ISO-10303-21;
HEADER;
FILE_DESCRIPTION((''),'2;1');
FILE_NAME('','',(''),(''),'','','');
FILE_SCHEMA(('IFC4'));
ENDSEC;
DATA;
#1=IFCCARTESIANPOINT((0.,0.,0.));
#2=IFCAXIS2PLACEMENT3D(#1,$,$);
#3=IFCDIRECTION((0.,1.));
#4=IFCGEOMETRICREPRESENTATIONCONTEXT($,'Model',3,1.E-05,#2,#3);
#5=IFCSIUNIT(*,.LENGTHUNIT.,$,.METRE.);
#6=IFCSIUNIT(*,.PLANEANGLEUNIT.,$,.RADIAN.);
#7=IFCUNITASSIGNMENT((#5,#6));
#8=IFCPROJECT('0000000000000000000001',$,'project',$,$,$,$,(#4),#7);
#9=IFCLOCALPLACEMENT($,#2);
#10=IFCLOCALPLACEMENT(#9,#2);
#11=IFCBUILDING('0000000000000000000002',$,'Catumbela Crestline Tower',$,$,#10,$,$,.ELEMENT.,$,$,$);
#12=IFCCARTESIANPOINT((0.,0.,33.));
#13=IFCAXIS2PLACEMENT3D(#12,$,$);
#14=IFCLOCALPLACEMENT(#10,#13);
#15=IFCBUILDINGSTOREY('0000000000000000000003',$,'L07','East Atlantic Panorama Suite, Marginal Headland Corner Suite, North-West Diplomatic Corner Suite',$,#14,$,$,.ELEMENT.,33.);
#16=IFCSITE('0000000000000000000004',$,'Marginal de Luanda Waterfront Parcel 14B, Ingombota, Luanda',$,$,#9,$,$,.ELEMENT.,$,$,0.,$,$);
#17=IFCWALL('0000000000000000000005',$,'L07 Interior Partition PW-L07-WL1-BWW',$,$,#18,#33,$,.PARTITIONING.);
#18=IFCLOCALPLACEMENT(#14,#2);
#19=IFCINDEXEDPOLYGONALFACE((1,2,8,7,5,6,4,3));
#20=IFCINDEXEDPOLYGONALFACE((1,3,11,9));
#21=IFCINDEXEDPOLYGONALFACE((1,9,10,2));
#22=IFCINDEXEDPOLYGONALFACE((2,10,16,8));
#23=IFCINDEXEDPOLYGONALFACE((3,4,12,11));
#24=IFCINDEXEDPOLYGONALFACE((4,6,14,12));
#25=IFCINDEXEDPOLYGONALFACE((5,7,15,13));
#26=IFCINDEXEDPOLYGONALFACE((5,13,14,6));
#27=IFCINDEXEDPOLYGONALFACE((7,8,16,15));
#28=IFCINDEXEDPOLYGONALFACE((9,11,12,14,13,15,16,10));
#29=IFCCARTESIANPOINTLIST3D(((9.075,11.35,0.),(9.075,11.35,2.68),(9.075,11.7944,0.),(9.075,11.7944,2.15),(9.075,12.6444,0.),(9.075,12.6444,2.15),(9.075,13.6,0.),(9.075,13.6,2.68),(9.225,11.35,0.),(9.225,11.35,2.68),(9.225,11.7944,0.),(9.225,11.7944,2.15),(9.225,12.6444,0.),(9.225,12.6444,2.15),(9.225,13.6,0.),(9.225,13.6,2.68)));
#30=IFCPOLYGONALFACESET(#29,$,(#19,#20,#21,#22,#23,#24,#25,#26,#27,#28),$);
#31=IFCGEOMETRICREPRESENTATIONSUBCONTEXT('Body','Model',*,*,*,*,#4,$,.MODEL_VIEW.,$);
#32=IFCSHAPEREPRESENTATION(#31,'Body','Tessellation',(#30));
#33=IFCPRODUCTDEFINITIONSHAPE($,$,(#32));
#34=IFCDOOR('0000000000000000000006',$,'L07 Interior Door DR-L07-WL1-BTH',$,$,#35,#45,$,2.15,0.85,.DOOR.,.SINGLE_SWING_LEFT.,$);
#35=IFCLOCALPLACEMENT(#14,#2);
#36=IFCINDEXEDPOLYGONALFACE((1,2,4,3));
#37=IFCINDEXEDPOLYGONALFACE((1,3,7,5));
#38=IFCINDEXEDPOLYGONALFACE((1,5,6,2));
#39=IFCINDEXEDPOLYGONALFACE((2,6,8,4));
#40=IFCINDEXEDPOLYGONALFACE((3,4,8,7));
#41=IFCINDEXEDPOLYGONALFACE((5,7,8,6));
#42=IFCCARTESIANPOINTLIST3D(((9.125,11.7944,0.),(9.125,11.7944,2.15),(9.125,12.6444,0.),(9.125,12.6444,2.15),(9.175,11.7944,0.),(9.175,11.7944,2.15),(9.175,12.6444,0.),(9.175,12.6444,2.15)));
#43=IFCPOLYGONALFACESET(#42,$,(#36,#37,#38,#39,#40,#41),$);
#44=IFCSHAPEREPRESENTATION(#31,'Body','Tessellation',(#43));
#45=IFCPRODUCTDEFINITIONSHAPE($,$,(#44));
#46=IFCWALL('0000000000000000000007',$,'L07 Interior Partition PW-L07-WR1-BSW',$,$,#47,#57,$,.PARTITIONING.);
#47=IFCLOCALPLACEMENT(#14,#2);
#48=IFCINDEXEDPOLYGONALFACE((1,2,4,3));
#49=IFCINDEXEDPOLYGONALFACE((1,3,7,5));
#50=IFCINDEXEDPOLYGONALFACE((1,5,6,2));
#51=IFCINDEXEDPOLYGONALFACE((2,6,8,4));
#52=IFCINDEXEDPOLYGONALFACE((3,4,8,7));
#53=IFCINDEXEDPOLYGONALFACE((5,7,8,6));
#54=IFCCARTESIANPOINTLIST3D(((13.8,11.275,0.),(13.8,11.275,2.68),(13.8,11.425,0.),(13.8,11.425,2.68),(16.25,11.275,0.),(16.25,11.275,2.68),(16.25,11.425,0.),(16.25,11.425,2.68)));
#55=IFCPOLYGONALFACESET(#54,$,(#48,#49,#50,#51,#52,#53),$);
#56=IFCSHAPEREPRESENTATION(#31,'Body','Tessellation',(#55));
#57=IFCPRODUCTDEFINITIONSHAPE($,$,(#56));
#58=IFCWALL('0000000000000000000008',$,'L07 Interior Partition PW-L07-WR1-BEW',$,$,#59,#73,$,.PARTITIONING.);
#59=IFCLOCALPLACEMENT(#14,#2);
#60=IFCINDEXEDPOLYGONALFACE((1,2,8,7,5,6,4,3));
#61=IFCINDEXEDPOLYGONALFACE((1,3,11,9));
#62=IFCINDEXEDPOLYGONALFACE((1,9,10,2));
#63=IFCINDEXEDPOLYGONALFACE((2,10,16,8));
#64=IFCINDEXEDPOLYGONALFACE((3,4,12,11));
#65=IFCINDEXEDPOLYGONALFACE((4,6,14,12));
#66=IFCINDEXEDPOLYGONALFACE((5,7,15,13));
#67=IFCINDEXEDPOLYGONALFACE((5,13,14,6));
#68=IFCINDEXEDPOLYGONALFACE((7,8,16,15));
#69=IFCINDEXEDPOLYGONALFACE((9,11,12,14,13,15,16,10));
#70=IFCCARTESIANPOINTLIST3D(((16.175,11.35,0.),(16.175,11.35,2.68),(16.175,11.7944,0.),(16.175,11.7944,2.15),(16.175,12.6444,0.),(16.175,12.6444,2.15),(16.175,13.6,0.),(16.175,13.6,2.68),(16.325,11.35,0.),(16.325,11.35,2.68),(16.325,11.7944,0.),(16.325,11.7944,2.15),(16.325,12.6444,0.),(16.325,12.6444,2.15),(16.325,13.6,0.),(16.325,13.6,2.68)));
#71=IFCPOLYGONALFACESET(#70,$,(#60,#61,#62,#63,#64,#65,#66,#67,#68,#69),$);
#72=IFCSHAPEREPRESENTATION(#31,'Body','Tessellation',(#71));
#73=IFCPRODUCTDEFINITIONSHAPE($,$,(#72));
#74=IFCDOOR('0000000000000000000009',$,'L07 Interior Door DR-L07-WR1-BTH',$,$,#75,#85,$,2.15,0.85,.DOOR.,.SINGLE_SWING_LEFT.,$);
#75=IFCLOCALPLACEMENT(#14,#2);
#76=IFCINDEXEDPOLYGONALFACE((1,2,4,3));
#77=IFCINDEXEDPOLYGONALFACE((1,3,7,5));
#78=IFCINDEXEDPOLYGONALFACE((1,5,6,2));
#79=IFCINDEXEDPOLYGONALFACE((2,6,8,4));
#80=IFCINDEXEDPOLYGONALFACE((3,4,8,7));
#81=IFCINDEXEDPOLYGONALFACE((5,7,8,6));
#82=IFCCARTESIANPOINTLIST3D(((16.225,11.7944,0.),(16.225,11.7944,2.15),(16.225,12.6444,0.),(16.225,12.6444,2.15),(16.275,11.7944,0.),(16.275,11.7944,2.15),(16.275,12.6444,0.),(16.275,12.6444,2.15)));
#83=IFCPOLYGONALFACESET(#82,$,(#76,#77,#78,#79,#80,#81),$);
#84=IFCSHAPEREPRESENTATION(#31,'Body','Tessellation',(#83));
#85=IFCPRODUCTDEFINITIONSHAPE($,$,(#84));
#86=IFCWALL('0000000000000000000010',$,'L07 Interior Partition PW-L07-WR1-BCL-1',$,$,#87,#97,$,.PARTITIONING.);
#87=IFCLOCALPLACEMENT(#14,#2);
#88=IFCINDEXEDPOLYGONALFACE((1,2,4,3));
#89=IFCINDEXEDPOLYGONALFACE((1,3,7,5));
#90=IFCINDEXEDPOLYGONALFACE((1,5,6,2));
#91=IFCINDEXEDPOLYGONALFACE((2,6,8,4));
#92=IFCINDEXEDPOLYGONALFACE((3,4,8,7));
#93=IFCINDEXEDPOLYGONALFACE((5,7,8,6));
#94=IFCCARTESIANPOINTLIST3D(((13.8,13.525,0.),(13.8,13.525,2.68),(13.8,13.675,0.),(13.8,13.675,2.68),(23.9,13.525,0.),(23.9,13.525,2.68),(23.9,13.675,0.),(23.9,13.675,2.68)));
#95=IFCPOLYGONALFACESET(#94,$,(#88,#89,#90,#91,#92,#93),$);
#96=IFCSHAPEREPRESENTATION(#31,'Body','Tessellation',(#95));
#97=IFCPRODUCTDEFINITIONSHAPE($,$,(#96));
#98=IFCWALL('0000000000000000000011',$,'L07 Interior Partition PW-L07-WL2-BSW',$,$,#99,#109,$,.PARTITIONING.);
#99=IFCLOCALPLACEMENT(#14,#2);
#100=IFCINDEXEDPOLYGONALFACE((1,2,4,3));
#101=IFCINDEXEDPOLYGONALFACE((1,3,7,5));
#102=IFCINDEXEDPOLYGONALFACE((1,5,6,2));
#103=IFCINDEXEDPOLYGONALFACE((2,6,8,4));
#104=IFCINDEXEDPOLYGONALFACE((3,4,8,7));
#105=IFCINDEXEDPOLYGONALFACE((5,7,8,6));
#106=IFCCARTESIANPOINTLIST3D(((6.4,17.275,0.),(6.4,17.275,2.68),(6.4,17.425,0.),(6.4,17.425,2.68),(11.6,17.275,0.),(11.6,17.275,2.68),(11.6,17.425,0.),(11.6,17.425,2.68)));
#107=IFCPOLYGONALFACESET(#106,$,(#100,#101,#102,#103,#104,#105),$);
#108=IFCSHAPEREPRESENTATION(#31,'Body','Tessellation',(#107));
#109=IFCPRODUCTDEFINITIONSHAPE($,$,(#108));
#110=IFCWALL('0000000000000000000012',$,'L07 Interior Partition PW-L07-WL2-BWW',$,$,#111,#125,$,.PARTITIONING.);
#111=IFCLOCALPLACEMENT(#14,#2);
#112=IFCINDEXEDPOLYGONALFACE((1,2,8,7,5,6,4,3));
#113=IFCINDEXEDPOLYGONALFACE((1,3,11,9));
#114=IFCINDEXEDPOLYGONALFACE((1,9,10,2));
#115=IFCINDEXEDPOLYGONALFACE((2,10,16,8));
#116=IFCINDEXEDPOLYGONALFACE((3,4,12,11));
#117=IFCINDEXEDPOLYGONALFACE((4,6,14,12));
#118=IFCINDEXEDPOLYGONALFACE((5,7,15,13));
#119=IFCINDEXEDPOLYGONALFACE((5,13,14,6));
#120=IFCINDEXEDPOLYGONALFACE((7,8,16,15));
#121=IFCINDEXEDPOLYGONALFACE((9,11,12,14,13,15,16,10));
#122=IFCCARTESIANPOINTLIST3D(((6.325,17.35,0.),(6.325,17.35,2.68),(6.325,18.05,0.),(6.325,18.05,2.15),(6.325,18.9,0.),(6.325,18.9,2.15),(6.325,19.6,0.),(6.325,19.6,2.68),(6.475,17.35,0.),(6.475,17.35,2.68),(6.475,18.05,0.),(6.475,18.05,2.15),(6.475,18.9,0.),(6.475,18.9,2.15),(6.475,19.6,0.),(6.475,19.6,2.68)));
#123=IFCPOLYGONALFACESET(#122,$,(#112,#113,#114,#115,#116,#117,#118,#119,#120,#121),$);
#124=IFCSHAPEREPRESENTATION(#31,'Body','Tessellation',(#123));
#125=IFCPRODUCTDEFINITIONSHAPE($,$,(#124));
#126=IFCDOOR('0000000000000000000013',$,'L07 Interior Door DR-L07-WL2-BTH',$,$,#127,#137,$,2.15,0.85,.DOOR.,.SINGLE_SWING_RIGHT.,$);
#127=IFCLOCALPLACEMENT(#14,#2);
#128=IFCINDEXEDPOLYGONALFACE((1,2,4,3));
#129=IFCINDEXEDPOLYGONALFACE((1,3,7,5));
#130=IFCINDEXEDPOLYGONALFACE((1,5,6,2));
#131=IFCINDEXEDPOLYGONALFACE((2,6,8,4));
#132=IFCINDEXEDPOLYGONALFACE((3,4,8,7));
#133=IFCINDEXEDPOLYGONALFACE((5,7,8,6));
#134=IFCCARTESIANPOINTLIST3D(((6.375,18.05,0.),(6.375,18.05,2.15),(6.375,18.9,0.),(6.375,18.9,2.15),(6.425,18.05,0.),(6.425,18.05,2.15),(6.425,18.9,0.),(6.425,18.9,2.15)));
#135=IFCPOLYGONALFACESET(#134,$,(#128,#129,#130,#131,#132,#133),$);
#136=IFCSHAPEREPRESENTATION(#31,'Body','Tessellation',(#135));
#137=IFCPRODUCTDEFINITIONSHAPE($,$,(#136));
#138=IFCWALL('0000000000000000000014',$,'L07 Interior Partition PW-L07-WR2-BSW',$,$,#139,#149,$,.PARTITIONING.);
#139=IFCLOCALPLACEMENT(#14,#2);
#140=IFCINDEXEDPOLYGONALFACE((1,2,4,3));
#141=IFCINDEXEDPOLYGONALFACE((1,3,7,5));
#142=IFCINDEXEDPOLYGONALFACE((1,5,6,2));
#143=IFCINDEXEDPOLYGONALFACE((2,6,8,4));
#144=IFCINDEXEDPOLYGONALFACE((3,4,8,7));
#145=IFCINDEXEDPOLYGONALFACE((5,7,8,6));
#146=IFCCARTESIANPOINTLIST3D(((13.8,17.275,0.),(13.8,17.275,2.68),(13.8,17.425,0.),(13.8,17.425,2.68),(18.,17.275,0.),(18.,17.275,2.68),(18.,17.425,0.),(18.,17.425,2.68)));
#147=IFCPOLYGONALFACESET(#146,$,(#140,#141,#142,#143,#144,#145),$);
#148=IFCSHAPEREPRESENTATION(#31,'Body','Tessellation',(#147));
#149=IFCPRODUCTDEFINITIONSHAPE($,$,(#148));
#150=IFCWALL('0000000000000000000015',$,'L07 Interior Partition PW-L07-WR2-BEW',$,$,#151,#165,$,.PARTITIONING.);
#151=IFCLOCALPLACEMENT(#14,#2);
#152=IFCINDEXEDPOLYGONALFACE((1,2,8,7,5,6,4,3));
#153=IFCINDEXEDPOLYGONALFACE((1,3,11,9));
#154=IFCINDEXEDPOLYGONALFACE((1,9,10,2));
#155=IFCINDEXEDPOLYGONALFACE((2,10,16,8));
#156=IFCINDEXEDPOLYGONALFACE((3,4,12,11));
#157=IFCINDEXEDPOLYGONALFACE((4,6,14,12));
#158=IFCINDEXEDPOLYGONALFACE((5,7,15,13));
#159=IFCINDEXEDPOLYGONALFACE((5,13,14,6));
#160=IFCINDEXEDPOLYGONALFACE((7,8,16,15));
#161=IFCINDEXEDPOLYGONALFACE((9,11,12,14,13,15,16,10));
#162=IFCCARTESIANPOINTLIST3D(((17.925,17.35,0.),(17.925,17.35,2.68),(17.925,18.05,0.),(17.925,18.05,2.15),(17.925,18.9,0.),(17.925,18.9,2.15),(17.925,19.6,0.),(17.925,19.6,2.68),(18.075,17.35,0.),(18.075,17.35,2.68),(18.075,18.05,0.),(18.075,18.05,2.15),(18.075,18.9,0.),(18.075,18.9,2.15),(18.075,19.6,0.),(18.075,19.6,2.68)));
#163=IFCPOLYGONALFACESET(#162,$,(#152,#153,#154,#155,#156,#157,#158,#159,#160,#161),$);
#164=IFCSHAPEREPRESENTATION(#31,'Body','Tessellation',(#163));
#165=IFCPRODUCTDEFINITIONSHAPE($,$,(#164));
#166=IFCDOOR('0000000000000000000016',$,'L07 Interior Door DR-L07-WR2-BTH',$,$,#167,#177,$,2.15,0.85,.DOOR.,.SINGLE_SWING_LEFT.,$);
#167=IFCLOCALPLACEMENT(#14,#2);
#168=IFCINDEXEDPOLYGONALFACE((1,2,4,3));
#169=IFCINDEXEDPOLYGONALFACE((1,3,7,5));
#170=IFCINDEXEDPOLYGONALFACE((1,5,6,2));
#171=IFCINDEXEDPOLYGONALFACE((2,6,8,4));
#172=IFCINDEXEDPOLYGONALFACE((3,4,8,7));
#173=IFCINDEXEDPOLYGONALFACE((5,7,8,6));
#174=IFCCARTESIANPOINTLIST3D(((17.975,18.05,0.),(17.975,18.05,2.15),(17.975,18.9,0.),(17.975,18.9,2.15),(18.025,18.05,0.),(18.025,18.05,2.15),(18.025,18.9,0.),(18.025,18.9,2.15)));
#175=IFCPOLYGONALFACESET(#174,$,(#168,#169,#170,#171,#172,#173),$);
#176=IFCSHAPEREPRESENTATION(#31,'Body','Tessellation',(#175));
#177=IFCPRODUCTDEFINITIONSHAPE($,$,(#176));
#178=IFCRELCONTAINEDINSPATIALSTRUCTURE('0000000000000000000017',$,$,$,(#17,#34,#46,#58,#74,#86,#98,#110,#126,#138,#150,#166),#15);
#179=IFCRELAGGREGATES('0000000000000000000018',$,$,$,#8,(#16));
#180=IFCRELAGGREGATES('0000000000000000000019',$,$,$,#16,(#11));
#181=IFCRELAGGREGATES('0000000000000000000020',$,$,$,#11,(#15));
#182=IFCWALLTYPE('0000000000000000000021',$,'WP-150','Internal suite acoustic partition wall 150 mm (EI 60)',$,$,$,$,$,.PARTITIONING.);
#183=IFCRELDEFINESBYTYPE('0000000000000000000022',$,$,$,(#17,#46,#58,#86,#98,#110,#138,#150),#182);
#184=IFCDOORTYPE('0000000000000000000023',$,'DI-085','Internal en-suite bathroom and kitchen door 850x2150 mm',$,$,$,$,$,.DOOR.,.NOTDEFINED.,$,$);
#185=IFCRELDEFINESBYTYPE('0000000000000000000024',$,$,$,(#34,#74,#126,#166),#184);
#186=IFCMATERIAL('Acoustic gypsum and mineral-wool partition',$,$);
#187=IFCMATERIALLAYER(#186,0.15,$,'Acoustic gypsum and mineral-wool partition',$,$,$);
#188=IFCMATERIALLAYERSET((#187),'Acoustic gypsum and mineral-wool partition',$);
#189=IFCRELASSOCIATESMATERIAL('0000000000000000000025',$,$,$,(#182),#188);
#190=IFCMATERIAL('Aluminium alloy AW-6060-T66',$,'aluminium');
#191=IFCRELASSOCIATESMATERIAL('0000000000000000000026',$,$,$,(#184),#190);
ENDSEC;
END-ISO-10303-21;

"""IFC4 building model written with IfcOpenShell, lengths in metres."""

from ifc_helpers import new_model, si_unit, direction, frame, frame_2d, origin, place, context, subcontext, project, spatial, rectangle, extrude, material, layer, layer_set, type_object, element, fill, save


model = new_model("IFC4")

# Units and contexts
model_context = context("Model", 3, precision=1e-05, world=origin(), true_north=direction((0.0, 1.0)))
body_context = subcontext(model_context, "Body", "Model", "MODEL_VIEW")
ifc_project = project(units=[si_unit("LENGTHUNIT", "METRE"), si_unit("PLANEANGLEUNIT", "RADIAN")], contexts=[model_context])

# Site, building, storey
site_placement = place(None, origin())
site = spatial("IfcSite", under=ifc_project, at=site_placement, Name="Marginal de Luanda Waterfront Parcel 14B, Ingombota, Luanda", CompositionType="ELEMENT", RefElevation=0.0)
building_placement = place(site_placement, origin())
building = spatial("IfcBuilding", under=site, at=building_placement, Name="Catumbela Crestline Tower", CompositionType="ELEMENT")
storey_placement = place(building_placement, frame((0.0, 0.0, 33.0)))
storey = spatial("IfcBuildingStorey", under=building, at=storey_placement, Name="L07", Description="East Atlantic Panorama Suite, Marginal Headland Corner Suite, North-West Diplomatic Corner Suite", CompositionType="ELEMENT", Elevation=33.0)

# Shared definitions
ifc_material_1 = material(Name="Acoustic gypsum and mineral-wool partition")
ifc_layer = layer(ifc_material_1, 0.15, Name="Acoustic gypsum and mineral-wool partition")
ifc_layer_set = layer_set([ifc_layer], Name="Acoustic gypsum and mineral-wool partition")
wall_type = type_object("IfcWallType", Name="WP-150", Description="Internal suite acoustic partition wall 150 mm (EI 60)", PredefinedType="PARTITIONING", material=ifc_layer_set)

# Wall, opening, door
wall_1_placement = place(storey_placement, frame((9.15, 11.35, 0.0), z_axis=(0.0, 0.0, 1.0), x_axis=(0.0, 1.0, 0.0)))
wall_1 = element("IfcWall", 1, at=wall_1_placement, inside=storey, type_object=wall_type, Name="L07 Interior Partition PW-L07-WL1-BWW", PredefinedType="PARTITIONING", context=body_context, shape_type="SweptSolid", body=[
    extrude(rectangle(XDim=2.25, YDim=0.15, at=frame_2d((1.125, 0.0))), origin(), (0.0, 0.0, 1.0), 2.68),
])
opening_1_placement = place(wall_1_placement, frame((0.4444, 0.0, 0.0)))
opening_1 = element("IfcOpeningElement", 2, at=opening_1_placement, cuts=wall_1, PredefinedType="OPENING", context=body_context, shape_type="SweptSolid", body=[
    extrude(rectangle(XDim=0.85, YDim=2.15, at=frame_2d((0.425, 1.075))), frame((0.0, 0.085, 0.0), z_axis=(0.0, -1.0, 0.0), x_axis=(1.0, 0.0, 0.0)), (0.0, 0.0, 1.0), 0.17),
])
ifc_material_2 = material(Name="Aluminium alloy AW-6060-T66", Category="aluminium")
door_type = type_object("IfcDoorType", Name="DI-085", Description="Internal en-suite bathroom and kitchen door 850x2150 mm", OperationType="NOTDEFINED", PredefinedType="DOOR", material=ifc_material_2)
door_1_placement = place(opening_1_placement, origin())
door_1 = element("IfcDoor", 3, at=door_1_placement, inside=storey, type_object=door_type, Name="L07 Interior Door DR-L07-WL1-BTH", OperationType="SINGLE_SWING_LEFT", OverallHeight=2.15, OverallWidth=0.85, PredefinedType="DOOR", context=body_context, shape_type="SweptSolid", body=[
    extrude(rectangle(XDim=0.85, YDim=2.15, at=frame_2d((0.425, 1.075))), frame((0.0, 0.025, 0.0), z_axis=(0.0, -1.0, 0.0), x_axis=(1.0, 0.0, 0.0)), (0.0, 0.0, 1.0), 0.05),
])
fill(opening_1, door_1)

# Wall
wall_2_placement = place(storey_placement, frame((13.8, 11.35, 0.0), z_axis=(0.0, 0.0, 1.0), x_axis=(1.0, 0.0, 0.0)))
element("IfcWall", 4, at=wall_2_placement, inside=storey, type_object=wall_type, Name="L07 Interior Partition PW-L07-WR1-BSW", PredefinedType="PARTITIONING", context=body_context, shape_type="SweptSolid", body=[
    extrude(rectangle(XDim=2.45, YDim=0.15, at=frame_2d((1.225, 0.0))), origin(), (0.0, 0.0, 1.0), 2.68),
])

# Wall, opening, door
wall_3_placement = place(storey_placement, frame((16.25, 11.35, 0.0), z_axis=(0.0, 0.0, 1.0), x_axis=(0.0, 1.0, 0.0)))
wall_3 = element("IfcWall", 5, at=wall_3_placement, inside=storey, type_object=wall_type, Name="L07 Interior Partition PW-L07-WR1-BEW", PredefinedType="PARTITIONING", context=body_context, shape_type="SweptSolid", body=[
    extrude(rectangle(XDim=2.25, YDim=0.15, at=frame_2d((1.125, 0.0))), origin(), (0.0, 0.0, 1.0), 2.68),
])
opening_2_placement = place(wall_3_placement, frame((0.4444, 0.0, 0.0)))
opening_2 = element("IfcOpeningElement", 6, at=opening_2_placement, cuts=wall_3, PredefinedType="OPENING", context=body_context, shape_type="SweptSolid", body=[
    extrude(rectangle(XDim=0.85, YDim=2.15, at=frame_2d((0.425, 1.075))), frame((0.0, 0.085, 0.0), z_axis=(0.0, -1.0, 0.0), x_axis=(1.0, 0.0, 0.0)), (0.0, 0.0, 1.0), 0.17),
])
door_2_placement = place(opening_2_placement, origin())
door_2 = element("IfcDoor", 7, at=door_2_placement, inside=storey, type_object=door_type, Name="L07 Interior Door DR-L07-WR1-BTH", OperationType="SINGLE_SWING_LEFT", OverallHeight=2.15, OverallWidth=0.85, PredefinedType="DOOR", context=body_context, shape_type="SweptSolid", body=[
    extrude(rectangle(XDim=0.85, YDim=2.15, at=frame_2d((0.425, 1.075))), frame((0.0, 0.025, 0.0), z_axis=(0.0, -1.0, 0.0), x_axis=(1.0, 0.0, 0.0)), (0.0, 0.0, 1.0), 0.05),
])
fill(opening_2, door_2)

# Walls
wall_4_placement = place(storey_placement, frame((13.8, 13.6, 0.0), z_axis=(0.0, 0.0, 1.0), x_axis=(1.0, 0.0, 0.0)))
element("IfcWall", 8, at=wall_4_placement, inside=storey, type_object=wall_type, Name="L07 Interior Partition PW-L07-WR1-BCL-1", PredefinedType="PARTITIONING", context=body_context, shape_type="SweptSolid", body=[
    extrude(rectangle(XDim=10.1, YDim=0.15, at=frame_2d((5.05, 0.0))), origin(), (0.0, 0.0, 1.0), 2.68),
])
wall_5_placement = place(storey_placement, frame((6.4, 17.35, 0.0), z_axis=(0.0, 0.0, 1.0), x_axis=(1.0, 0.0, 0.0)))
element("IfcWall", 9, at=wall_5_placement, inside=storey, type_object=wall_type, Name="L07 Interior Partition PW-L07-WL2-BSW", PredefinedType="PARTITIONING", context=body_context, shape_type="SweptSolid", body=[
    extrude(rectangle(XDim=5.2, YDim=0.15, at=frame_2d((2.6, 0.0))), origin(), (0.0, 0.0, 1.0), 2.68),
])

# Wall, opening, door
wall_6_placement = place(storey_placement, frame((6.4, 17.35, 0.0), z_axis=(0.0, 0.0, 1.0), x_axis=(0.0, 1.0, 0.0)))
wall_6 = element("IfcWall", 10, at=wall_6_placement, inside=storey, type_object=wall_type, Name="L07 Interior Partition PW-L07-WL2-BWW", PredefinedType="PARTITIONING", context=body_context, shape_type="SweptSolid", body=[
    extrude(rectangle(XDim=2.25, YDim=0.15, at=frame_2d((1.125, 0.0))), origin(), (0.0, 0.0, 1.0), 2.68),
])
opening_3_placement = place(wall_6_placement, frame((0.7, 0.0, 0.0)))
opening_3 = element("IfcOpeningElement", 11, at=opening_3_placement, cuts=wall_6, PredefinedType="OPENING", context=body_context, shape_type="SweptSolid", body=[
    extrude(rectangle(XDim=0.85, YDim=2.15, at=frame_2d((0.425, 1.075))), frame((0.0, 0.085, 0.0), z_axis=(0.0, -1.0, 0.0), x_axis=(1.0, 0.0, 0.0)), (0.0, 0.0, 1.0), 0.17),
])
door_3_placement = place(opening_3_placement, origin())
door_3 = element("IfcDoor", 12, at=door_3_placement, inside=storey, type_object=door_type, Name="L07 Interior Door DR-L07-WL2-BTH", OperationType="SINGLE_SWING_RIGHT", OverallHeight=2.15, OverallWidth=0.85, PredefinedType="DOOR", context=body_context, shape_type="SweptSolid", body=[
    extrude(rectangle(XDim=0.85, YDim=2.15, at=frame_2d((0.425, 1.075))), frame((0.0, 0.025, 0.0), z_axis=(0.0, -1.0, 0.0), x_axis=(1.0, 0.0, 0.0)), (0.0, 0.0, 1.0), 0.05),
])
fill(opening_3, door_3)

# Wall
wall_7_placement = place(storey_placement, frame((13.8, 17.35, 0.0), z_axis=(0.0, 0.0, 1.0), x_axis=(1.0, 0.0, 0.0)))
element("IfcWall", 13, at=wall_7_placement, inside=storey, type_object=wall_type, Name="L07 Interior Partition PW-L07-WR2-BSW", PredefinedType="PARTITIONING", context=body_context, shape_type="SweptSolid", body=[
    extrude(rectangle(XDim=4.2, YDim=0.15, at=frame_2d((2.1, 0.0))), origin(), (0.0, 0.0, 1.0), 2.68),
])

# Wall, opening, door
wall_8_placement = place(storey_placement, frame((18.0, 17.35, 0.0), z_axis=(0.0, 0.0, 1.0), x_axis=(0.0, 1.0, 0.0)))
wall_8 = element("IfcWall", 14, at=wall_8_placement, inside=storey, type_object=wall_type, Name="L07 Interior Partition PW-L07-WR2-BEW", PredefinedType="PARTITIONING", context=body_context, shape_type="SweptSolid", body=[
    extrude(rectangle(XDim=2.25, YDim=0.15, at=frame_2d((1.125, 0.0))), origin(), (0.0, 0.0, 1.0), 2.68),
])
opening_4_placement = place(wall_8_placement, frame((0.7, 0.0, 0.0)))
opening_4 = element("IfcOpeningElement", 15, at=opening_4_placement, cuts=wall_8, PredefinedType="OPENING", context=body_context, shape_type="SweptSolid", body=[
    extrude(rectangle(XDim=0.85, YDim=2.15, at=frame_2d((0.425, 1.075))), frame((0.0, 0.085, 0.0), z_axis=(0.0, -1.0, 0.0), x_axis=(1.0, 0.0, 0.0)), (0.0, 0.0, 1.0), 0.17),
])
door_4_placement = place(opening_4_placement, origin())
door_4 = element("IfcDoor", 16, at=door_4_placement, inside=storey, type_object=door_type, Name="L07 Interior Door DR-L07-WR2-BTH", OperationType="SINGLE_SWING_LEFT", OverallHeight=2.15, OverallWidth=0.85, PredefinedType="DOOR", context=body_context, shape_type="SweptSolid", body=[
    extrude(rectangle(XDim=0.85, YDim=2.15, at=frame_2d((0.425, 1.075))), frame((0.0, 0.025, 0.0), z_axis=(0.0, -1.0, 0.0), x_axis=(1.0, 0.0, 0.0)), (0.0, 0.0, 1.0), 0.05),
])
fill(opening_4, door_4)

save(model, "model.ifc")
